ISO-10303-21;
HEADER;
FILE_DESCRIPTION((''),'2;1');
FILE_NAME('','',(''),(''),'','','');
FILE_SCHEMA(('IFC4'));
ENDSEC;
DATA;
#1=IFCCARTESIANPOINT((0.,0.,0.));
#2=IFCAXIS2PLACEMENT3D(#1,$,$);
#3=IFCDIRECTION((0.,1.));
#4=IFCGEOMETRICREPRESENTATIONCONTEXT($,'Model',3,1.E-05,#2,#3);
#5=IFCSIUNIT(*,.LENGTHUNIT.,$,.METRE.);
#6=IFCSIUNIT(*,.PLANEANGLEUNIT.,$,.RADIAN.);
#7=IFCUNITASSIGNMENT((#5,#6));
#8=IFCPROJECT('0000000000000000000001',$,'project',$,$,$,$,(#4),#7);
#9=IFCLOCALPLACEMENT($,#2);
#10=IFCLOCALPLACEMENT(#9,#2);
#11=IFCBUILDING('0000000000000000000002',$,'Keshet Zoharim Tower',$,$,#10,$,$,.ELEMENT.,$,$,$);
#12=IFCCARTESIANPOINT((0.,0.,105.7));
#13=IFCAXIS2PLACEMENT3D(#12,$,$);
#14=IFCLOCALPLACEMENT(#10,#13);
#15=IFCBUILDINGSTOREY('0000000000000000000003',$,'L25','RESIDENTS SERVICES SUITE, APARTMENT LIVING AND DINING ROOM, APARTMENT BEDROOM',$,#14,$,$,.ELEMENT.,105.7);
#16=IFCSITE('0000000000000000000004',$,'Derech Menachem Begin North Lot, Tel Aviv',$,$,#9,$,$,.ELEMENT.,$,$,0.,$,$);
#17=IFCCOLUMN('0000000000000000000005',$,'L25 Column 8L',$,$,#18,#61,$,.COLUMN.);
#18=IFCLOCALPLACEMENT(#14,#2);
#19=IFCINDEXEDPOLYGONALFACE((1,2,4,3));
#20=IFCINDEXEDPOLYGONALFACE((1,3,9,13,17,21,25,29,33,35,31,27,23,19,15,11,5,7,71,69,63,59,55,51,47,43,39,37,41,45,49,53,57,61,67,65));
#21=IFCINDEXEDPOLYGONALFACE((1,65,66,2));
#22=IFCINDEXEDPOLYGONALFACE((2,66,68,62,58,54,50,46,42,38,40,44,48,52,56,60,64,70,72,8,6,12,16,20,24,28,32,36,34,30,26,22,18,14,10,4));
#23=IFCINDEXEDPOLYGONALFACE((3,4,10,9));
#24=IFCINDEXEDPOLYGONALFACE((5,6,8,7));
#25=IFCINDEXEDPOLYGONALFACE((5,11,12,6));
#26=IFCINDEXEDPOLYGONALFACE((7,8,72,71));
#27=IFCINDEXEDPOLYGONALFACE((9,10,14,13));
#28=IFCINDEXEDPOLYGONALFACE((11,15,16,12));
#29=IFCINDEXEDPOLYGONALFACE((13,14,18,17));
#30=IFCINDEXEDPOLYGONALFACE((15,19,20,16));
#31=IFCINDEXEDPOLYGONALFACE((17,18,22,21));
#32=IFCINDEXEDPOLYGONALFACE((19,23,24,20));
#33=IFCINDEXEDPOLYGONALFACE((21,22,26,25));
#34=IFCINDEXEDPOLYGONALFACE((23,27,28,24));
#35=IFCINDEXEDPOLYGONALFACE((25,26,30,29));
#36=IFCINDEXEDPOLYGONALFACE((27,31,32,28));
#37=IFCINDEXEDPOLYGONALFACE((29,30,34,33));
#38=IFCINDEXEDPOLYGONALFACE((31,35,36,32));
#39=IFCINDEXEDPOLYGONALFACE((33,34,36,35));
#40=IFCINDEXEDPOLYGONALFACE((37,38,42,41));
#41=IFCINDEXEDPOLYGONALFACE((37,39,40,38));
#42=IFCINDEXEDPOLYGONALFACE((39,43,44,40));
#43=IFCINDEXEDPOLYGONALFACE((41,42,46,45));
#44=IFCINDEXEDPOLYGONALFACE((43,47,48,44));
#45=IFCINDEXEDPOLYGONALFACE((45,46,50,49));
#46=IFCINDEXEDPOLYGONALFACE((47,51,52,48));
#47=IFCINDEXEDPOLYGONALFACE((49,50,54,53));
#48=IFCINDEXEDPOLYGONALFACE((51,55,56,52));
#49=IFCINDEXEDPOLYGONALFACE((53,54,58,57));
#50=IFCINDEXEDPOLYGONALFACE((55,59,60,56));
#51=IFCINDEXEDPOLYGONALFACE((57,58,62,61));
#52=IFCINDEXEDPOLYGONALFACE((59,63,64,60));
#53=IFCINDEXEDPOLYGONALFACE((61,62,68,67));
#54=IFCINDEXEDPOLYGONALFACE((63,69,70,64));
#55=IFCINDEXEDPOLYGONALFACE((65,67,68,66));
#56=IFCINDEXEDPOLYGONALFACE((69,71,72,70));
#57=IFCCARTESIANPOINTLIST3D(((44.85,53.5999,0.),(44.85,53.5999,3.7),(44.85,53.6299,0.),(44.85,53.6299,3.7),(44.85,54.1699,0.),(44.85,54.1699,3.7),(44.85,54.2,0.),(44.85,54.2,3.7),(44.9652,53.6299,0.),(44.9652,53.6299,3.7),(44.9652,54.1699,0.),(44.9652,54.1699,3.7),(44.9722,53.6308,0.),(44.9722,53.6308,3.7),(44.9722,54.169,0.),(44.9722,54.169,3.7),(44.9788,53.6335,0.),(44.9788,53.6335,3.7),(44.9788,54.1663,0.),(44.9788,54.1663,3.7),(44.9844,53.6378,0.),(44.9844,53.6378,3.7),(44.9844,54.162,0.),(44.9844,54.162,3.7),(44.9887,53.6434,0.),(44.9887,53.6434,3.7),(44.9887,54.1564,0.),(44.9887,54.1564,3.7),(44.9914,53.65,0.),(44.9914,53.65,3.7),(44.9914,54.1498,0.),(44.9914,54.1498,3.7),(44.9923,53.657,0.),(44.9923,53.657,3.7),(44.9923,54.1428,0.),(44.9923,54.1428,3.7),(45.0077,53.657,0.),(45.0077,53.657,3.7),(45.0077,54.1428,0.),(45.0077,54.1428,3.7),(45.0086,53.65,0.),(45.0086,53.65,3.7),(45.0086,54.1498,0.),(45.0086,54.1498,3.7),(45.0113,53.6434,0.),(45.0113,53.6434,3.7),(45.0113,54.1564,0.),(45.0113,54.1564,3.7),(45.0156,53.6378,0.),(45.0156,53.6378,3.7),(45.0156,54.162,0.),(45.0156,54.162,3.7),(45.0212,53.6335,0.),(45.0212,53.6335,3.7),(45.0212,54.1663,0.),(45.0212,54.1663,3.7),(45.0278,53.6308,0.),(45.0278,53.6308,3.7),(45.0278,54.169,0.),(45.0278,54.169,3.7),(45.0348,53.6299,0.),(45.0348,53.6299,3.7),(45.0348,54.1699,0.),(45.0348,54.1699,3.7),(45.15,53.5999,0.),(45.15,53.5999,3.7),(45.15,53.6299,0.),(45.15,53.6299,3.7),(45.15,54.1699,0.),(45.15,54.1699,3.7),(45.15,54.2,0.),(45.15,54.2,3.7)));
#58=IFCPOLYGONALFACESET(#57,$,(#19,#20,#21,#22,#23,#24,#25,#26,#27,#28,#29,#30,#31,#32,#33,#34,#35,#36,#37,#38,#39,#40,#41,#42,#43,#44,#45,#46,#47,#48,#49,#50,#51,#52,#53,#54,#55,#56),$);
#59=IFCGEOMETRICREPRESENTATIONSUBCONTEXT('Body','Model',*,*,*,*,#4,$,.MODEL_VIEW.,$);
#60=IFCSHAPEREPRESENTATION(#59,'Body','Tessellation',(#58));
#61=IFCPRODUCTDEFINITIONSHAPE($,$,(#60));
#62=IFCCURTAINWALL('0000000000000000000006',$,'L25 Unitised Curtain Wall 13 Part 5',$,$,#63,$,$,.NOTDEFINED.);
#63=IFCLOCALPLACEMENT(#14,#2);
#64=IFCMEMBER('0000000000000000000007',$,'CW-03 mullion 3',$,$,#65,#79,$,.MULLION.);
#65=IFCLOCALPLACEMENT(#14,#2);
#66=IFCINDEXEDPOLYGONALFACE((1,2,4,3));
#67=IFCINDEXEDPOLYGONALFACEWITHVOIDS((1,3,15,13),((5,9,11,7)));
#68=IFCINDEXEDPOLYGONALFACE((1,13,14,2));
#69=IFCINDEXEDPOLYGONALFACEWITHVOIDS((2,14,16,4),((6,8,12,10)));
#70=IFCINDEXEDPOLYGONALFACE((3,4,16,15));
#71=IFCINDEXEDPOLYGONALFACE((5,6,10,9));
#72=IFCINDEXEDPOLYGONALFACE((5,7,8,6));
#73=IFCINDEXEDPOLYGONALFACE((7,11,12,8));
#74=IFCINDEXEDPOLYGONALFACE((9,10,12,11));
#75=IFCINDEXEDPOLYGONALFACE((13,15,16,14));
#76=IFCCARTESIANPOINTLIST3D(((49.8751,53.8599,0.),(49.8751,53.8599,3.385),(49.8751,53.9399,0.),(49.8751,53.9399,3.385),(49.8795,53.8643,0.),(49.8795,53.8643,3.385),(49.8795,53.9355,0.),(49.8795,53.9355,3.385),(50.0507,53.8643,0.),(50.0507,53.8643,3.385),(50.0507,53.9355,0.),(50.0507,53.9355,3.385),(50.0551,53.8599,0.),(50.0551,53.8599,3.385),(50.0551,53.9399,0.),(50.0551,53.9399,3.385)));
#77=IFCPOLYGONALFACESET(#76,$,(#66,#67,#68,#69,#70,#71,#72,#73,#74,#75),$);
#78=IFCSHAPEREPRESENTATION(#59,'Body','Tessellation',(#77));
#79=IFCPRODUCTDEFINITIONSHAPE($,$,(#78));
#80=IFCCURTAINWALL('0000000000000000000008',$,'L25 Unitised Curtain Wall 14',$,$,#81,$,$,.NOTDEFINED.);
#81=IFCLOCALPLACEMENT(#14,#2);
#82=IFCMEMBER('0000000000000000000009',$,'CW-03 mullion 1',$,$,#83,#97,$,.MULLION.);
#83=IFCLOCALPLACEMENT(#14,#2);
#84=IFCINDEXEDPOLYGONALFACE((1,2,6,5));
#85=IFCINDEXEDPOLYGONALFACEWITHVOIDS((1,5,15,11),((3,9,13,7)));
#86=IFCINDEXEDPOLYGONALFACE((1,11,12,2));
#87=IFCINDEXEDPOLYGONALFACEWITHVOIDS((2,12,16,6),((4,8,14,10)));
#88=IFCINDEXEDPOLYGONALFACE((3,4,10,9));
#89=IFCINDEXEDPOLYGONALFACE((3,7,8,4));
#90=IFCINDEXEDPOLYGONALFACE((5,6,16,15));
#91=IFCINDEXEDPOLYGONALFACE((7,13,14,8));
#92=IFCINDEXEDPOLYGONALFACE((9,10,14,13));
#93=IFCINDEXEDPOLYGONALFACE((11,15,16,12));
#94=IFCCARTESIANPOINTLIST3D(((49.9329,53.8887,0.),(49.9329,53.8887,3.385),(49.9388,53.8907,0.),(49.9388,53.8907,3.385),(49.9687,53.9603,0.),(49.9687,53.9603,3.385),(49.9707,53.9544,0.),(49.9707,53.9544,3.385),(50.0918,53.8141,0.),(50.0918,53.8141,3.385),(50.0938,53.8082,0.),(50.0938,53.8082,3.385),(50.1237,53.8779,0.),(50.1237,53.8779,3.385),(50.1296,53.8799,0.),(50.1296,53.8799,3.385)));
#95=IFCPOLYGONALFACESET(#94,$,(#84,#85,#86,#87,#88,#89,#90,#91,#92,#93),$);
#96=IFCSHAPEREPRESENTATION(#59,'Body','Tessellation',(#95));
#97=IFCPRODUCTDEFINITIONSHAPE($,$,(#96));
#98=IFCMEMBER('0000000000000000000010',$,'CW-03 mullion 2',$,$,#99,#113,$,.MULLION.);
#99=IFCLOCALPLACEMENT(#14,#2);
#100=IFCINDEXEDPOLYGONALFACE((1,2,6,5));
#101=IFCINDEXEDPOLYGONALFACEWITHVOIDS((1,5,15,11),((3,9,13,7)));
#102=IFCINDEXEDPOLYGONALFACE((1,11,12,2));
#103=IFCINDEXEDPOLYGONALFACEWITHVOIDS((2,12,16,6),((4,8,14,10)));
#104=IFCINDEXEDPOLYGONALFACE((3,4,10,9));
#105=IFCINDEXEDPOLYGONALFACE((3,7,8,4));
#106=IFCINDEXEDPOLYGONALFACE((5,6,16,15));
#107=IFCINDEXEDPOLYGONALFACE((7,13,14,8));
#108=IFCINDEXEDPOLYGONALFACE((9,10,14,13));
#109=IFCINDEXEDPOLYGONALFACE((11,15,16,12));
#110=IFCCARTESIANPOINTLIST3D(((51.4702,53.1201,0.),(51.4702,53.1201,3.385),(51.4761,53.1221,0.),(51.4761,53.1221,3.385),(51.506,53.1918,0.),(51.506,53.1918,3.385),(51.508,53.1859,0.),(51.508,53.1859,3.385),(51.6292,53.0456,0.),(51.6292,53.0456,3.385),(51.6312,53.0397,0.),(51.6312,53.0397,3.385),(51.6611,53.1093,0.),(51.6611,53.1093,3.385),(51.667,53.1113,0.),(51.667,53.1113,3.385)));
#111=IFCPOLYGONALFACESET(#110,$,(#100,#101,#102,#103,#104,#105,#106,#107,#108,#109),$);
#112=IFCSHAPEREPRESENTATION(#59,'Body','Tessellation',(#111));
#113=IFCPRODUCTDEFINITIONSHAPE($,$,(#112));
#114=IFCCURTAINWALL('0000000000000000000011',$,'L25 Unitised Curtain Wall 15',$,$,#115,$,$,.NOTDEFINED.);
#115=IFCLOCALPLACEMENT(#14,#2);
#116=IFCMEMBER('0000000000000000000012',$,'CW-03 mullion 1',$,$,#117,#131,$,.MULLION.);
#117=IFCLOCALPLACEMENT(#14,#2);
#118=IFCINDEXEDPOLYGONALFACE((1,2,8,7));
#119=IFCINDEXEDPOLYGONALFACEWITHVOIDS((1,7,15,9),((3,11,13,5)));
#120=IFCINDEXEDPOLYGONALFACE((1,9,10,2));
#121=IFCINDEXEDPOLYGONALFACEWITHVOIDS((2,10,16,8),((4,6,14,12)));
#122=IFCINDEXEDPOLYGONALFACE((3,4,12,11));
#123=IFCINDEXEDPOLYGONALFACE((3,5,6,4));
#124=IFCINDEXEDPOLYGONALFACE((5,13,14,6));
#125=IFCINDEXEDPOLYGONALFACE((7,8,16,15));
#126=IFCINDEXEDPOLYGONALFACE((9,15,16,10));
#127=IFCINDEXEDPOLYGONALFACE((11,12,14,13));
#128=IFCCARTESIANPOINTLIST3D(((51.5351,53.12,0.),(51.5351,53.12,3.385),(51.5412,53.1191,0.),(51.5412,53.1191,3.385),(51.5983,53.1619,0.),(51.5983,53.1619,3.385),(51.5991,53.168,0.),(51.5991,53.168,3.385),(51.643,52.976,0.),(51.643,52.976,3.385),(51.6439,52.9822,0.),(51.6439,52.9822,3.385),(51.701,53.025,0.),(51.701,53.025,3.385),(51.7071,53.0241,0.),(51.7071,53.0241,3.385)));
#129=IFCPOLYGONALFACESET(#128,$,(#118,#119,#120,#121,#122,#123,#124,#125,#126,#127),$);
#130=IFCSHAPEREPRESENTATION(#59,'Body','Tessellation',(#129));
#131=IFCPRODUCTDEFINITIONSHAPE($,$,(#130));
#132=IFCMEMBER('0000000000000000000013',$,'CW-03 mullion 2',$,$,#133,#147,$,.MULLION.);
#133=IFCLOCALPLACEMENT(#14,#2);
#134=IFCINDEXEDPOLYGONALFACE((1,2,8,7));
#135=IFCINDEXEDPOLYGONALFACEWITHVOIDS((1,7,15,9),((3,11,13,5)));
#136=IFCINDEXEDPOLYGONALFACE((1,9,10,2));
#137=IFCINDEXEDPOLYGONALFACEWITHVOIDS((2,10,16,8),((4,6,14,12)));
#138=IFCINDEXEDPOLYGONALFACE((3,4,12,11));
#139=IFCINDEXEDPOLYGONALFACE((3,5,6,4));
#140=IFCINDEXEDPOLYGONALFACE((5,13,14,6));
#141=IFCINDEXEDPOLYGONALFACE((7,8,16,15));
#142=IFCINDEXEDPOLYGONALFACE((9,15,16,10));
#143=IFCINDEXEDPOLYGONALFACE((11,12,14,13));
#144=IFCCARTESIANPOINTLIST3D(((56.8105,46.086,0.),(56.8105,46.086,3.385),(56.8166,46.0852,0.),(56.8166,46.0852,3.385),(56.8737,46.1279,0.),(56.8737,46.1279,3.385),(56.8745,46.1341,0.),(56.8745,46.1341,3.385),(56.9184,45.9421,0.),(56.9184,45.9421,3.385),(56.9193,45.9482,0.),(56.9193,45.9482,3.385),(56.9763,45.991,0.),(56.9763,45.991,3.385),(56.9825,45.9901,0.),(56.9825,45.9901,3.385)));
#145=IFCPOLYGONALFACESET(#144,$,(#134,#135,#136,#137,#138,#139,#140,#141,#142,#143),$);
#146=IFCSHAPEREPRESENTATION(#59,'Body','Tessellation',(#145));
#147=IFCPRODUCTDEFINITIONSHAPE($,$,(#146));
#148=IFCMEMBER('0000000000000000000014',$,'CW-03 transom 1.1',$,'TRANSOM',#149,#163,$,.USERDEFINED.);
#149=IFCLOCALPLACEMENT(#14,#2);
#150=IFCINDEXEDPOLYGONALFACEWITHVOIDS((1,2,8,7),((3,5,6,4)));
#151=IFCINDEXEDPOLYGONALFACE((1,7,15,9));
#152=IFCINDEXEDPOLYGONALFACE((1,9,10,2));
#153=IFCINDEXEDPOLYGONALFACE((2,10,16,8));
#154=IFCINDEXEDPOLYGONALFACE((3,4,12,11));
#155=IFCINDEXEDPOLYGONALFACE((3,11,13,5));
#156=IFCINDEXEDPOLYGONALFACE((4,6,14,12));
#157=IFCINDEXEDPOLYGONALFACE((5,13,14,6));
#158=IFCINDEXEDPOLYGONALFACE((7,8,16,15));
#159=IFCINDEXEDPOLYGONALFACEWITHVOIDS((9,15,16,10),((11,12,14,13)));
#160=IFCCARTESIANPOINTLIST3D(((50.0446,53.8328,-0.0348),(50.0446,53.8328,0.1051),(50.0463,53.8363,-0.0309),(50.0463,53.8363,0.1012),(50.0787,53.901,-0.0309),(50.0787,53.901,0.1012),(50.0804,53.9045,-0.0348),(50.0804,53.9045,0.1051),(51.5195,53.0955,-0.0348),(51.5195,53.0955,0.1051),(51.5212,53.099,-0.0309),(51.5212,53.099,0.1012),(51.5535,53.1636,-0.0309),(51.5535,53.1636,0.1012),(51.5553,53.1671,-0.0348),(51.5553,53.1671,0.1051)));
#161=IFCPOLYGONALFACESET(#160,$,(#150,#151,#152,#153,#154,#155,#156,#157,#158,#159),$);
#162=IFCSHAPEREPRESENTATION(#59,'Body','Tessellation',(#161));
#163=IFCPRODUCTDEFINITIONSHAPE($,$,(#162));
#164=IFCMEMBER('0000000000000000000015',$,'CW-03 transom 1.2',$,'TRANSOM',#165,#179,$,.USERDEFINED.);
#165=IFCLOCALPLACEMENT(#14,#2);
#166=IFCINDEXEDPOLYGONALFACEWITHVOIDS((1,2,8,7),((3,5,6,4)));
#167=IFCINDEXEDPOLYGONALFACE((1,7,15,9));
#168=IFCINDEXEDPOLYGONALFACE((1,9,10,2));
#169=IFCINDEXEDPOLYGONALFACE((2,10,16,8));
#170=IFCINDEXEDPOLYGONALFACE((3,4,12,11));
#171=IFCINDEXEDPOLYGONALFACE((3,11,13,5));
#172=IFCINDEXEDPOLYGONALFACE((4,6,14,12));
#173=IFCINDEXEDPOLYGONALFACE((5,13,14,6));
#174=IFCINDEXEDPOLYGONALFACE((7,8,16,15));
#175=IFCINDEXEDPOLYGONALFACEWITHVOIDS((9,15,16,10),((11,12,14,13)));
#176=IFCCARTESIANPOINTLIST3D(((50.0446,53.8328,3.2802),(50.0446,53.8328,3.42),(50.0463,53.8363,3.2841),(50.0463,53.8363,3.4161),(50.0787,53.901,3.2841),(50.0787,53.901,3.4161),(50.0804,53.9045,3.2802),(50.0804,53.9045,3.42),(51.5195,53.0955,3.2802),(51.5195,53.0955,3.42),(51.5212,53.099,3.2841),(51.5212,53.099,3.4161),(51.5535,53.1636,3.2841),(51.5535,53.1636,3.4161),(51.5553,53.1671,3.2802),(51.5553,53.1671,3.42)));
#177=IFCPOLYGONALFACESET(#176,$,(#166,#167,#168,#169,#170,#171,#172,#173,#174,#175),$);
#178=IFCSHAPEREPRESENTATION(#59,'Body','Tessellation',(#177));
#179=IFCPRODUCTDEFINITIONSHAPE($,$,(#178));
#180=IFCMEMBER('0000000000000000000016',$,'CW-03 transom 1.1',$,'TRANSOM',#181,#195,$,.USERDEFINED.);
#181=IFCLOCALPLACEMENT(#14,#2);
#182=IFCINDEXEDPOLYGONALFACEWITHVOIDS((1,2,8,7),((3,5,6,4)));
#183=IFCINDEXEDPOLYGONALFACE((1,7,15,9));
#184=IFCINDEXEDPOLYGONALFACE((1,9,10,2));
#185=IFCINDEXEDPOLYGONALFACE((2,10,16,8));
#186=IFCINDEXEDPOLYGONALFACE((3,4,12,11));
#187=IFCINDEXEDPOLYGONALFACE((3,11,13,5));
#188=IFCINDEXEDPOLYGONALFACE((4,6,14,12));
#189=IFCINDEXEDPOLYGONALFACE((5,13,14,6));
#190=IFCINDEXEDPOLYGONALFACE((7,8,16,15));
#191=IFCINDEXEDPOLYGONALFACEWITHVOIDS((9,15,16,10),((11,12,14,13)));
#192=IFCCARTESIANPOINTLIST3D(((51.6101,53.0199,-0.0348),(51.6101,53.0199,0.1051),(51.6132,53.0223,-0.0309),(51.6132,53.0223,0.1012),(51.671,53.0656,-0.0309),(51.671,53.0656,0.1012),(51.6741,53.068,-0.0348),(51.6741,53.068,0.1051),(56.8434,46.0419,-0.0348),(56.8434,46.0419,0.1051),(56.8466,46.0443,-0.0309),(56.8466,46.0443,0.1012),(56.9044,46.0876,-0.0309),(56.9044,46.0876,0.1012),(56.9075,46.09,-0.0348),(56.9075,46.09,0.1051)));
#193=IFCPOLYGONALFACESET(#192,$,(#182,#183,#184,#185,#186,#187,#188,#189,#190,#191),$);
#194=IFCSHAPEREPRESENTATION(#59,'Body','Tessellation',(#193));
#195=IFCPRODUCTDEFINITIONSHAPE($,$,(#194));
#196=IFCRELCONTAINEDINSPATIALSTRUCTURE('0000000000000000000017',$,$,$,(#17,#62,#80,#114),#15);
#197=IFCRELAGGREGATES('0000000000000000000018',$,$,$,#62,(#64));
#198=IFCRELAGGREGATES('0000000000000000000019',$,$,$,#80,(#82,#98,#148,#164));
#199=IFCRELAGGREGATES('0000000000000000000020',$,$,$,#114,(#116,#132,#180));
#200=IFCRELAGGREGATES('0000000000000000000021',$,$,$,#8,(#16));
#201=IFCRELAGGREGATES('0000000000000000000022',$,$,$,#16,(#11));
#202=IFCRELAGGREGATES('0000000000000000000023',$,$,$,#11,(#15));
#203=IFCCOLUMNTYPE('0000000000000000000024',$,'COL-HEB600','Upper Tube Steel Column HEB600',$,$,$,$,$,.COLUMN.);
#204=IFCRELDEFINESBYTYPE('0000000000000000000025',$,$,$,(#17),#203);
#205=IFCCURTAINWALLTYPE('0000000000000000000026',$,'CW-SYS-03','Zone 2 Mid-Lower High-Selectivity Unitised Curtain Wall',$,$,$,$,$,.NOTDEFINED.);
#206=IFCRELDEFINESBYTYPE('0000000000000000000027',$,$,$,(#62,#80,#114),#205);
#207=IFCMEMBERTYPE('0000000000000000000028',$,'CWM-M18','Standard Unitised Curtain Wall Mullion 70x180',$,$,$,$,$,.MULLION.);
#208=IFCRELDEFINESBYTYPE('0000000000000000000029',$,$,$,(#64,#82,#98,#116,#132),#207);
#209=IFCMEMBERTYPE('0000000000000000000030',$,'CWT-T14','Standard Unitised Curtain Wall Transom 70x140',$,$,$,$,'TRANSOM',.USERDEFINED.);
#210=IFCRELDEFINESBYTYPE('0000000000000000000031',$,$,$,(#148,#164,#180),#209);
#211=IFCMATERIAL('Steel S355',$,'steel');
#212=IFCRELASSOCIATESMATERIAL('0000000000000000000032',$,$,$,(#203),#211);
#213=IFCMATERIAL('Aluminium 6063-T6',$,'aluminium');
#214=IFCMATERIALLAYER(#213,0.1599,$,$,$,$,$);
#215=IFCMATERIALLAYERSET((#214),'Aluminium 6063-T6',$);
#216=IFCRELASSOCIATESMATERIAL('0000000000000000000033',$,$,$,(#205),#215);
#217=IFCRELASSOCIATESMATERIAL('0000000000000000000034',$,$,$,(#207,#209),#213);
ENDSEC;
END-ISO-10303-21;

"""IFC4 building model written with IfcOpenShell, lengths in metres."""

from ifc_helpers import new_model, si_unit, direction, frame, origin, origin_2d, place, context, subcontext, project, spatial, hollow_rectangle, i_section, extrude, material, layer, layer_set, material_profile, profile_set, type_object, element, aggregate, save


model = new_model("IFC4")

# Units and contexts
model_context = context("Model", 3, precision=1e-05, world=origin(), true_north=direction((0.0, 1.0)))
body_context = subcontext(model_context, "Body", "Model", "MODEL_VIEW")
ifc_project = project(units=[si_unit("LENGTHUNIT", "METRE"), si_unit("PLANEANGLEUNIT", "RADIAN")], contexts=[model_context])

# Site, building, storey
site_placement = place(None, origin())
site = spatial("IfcSite", under=ifc_project, at=site_placement, Name="Derech Menachem Begin North Lot, Tel Aviv", CompositionType="ELEMENT", RefElevation=0.0)
building_placement = place(site_placement, origin())
building = spatial("IfcBuilding", under=site, at=building_placement, Name="Keshet Zoharim Tower", CompositionType="ELEMENT")
storey_placement = place(building_placement, frame((0.0, 0.0, 105.7)))
storey = spatial("IfcBuildingStorey", under=building, at=storey_placement, Name="L25", Description="RESIDENTS SERVICES SUITE, APARTMENT LIVING AND DINING ROOM, APARTMENT BEDROOM", CompositionType="ELEMENT", Elevation=105.7)

# Column
ifc_material_1 = material(Name="Steel S355", Category="steel")
ifc_material_profile_1 = material_profile(ifc_material_1, i_section(OverallWidth=0.3, OverallDepth=0.6001, WebThickness=0.0154, FlangeThickness=0.03, FilletRadius=0.0271, at=origin_2d()), Name="HEB600")
ifc_profile_set_1 = profile_set([ifc_material_profile_1], Name="Steel S355")
column_type = type_object("IfcColumnType", Name="COL-HEB600", Description="Upper Tube Steel Column HEB600", PredefinedType="COLUMN", material=ifc_profile_set_1)
column_placement = place(storey_placement, frame((45.0, 53.8999, 0.0), z_axis=(0.0, 0.0, 1.0), x_axis=(1.0, 0.0, 0.0)))
element("IfcColumn", 1, at=column_placement, inside=storey, type_object=column_type, Name="L25 Column 8L", PredefinedType="COLUMN", context=body_context, shape_type="SweptSolid", body=[
    extrude(i_section(OverallWidth=0.3, OverallDepth=0.6001, WebThickness=0.0154, FlangeThickness=0.03, FilletRadius=0.0271, at=origin_2d()), origin(), (0.0, 0.0, 1.0), 3.7),
])

# Curtain wall, member
ifc_material_2 = material(Name="Aluminium 6063-T6", Category="aluminium")
ifc_layer_1 = layer(ifc_material_2, 0.1599)
ifc_layer_set_1 = layer_set([ifc_layer_1], Name="Aluminium 6063-T6")
curtain_wall_type = type_object("IfcCurtainWallType", Name="CW-SYS-03", Description="Zone 2 Mid-Lower High-Selectivity Unitised Curtain Wall", PredefinedType="NOTDEFINED", material=ifc_layer_set_1)
curtain_wall_1_placement = place(storey_placement, origin())
curtain_wall_1 = element("IfcCurtainWall", 2, at=curtain_wall_1_placement, inside=storey, type_object=curtain_wall_type, Name="L25 Unitised Curtain Wall 13 Part 5", PredefinedType="NOTDEFINED")
ifc_material_profile_2 = material_profile(ifc_material_2, hollow_rectangle(XDim=0.0801, YDim=0.1799, WallThickness=0.0044, at=origin_2d()), Name="MUL-80x180")
ifc_profile_set_2 = profile_set([ifc_material_profile_2], Name="Aluminium 6063-T6")
member_type_1 = type_object("IfcMemberType", Name="CWM-M18", Description="Standard Unitised Curtain Wall Mullion 70x180", PredefinedType="MULLION", material=ifc_profile_set_2)
member_1_placement = place(storey_placement, frame((49.9651, 53.8999, 0.0), z_axis=(0.0, 0.0, 1.0), x_axis=(0.0, 1.0, 0.0)))
member_1 = element("IfcMember", 3, at=member_1_placement, type_object=member_type_1, Name="CW-03 mullion 3", PredefinedType="MULLION", context=body_context, shape_type="SweptSolid", body=[
    extrude(hollow_rectangle(XDim=0.0801, YDim=0.1799, WallThickness=0.0044, at=origin_2d()), origin(), (0.0, 0.0, 1.0), 3.385),
])

# Curtain walls, members
curtain_wall_2_placement = place(storey_placement, origin())
curtain_wall_2 = element("IfcCurtainWall", 4, at=curtain_wall_2_placement, inside=storey, type_object=curtain_wall_type, Name="L25 Unitised Curtain Wall 14", PredefinedType="NOTDEFINED")
member_2_placement = place(storey_placement, frame((50.0312, 53.8843, 0.0), z_axis=(0.0, 0.0, 1.0), x_axis=(0.447214, 0.894427, 0.0)))
member_2 = element("IfcMember", 5, at=member_2_placement, type_object=member_type_1, Name="CW-03 mullion 1", PredefinedType="MULLION", context=body_context, shape_type="SweptSolid", body=[
    extrude(hollow_rectangle(XDim=0.0801, YDim=0.1799, WallThickness=0.0044, at=origin_2d()), origin(), (0.0, 0.0, 1.0), 3.385),
])
member_3_placement = place(storey_placement, frame((51.5686, 53.1157, 0.0), z_axis=(0.0, 0.0, 1.0), x_axis=(0.447214, 0.894427, 0.0)))
member_3 = element("IfcMember", 6, at=member_3_placement, type_object=member_type_1, Name="CW-03 mullion 2", PredefinedType="MULLION", context=body_context, shape_type="SweptSolid", body=[
    extrude(hollow_rectangle(XDim=0.0801, YDim=0.1799, WallThickness=0.0044, at=origin_2d()), origin(), (0.0, 0.0, 1.0), 3.385),
])
curtain_wall_3_placement = place(storey_placement, origin())
curtain_wall_3 = element("IfcCurtainWall", 7, at=curtain_wall_3_placement, inside=storey, type_object=curtain_wall_type, Name="L25 Unitised Curtain Wall 15", PredefinedType="NOTDEFINED")
member_4_placement = place(storey_placement, frame((51.6211, 53.072, 0.0), z_axis=(0.0, 0.0, 1.0), x_axis=(0.8, 0.6, 0.0)))
member_4 = element("IfcMember", 8, at=member_4_placement, type_object=member_type_1, Name="CW-03 mullion 1", PredefinedType="MULLION", context=body_context, shape_type="SweptSolid", body=[
    extrude(hollow_rectangle(XDim=0.0801, YDim=0.1799, WallThickness=0.0044, at=origin_2d()), origin(), (0.0, 0.0, 1.0), 3.385),
])
member_5_placement = place(storey_placement, frame((56.8965, 46.0381, 0.0), z_axis=(0.0, 0.0, 1.0), x_axis=(0.8, 0.6, 0.0)))
member_5 = element("IfcMember", 9, at=member_5_placement, type_object=member_type_1, Name="CW-03 mullion 2", PredefinedType="MULLION", context=body_context, shape_type="SweptSolid", body=[
    extrude(hollow_rectangle(XDim=0.0801, YDim=0.1799, WallThickness=0.0044, at=origin_2d()), origin(), (0.0, 0.0, 1.0), 3.385),
])

# Members
ifc_material_profile_3 = material_profile(ifc_material_2, hollow_rectangle(XDim=0.0801, YDim=0.1399, WallThickness=0.0039, at=origin_2d()), Name="TRN-80x140")
ifc_profile_set_3 = profile_set([ifc_material_profile_3], Name="Aluminium 6063-T6")
member_type_2 = type_object("IfcMemberType", Name="CWT-T14", Description="Standard Unitised Curtain Wall Transom 70x140", ElementType="TRANSOM", PredefinedType="USERDEFINED", material=ifc_profile_set_3)
member_6_placement = place(storey_placement, frame((50.0625, 53.8687, 0.0352), z_axis=(0.894457, -0.447154, 0.0), x_axis=(0.447154, 0.894457, 0.0)))
member_6 = element("IfcMember", 10, at=member_6_placement, type_object=member_type_2, Name="CW-03 transom 1.1", ObjectType="TRANSOM", PredefinedType="USERDEFINED", context=body_context, shape_type="SweptSolid", body=[
    extrude(hollow_rectangle(XDim=0.0801, YDim=0.1399, WallThickness=0.0039, at=origin_2d()), origin(), (0.0, 0.0, 1.0), 1.6489),
])
member_7_placement = place(storey_placement, frame((50.0625, 53.8687, 3.3501), z_axis=(0.894457, -0.447154, 0.0), x_axis=(0.447154, 0.894457, 0.0)))
member_7 = element("IfcMember", 11, at=member_7_placement, type_object=member_type_2, Name="CW-03 transom 1.2", ObjectType="TRANSOM", PredefinedType="USERDEFINED", context=body_context, shape_type="SweptSolid", body=[
    extrude(hollow_rectangle(XDim=0.0801, YDim=0.1399, WallThickness=0.0039, at=origin_2d()), origin(), (0.0, 0.0, 1.0), 1.6489),
])
member_8_placement = place(storey_placement, frame((51.6421, 53.0439, 0.0352), z_axis=(0.599991, -0.800007, 0.0), x_axis=(0.800007, 0.599991, 0.0)))
member_8 = element("IfcMember", 12, at=member_8_placement, type_object=member_type_2, Name="CW-03 transom 1.1", ObjectType="TRANSOM", PredefinedType="USERDEFINED", context=body_context, shape_type="SweptSolid", body=[
    extrude(hollow_rectangle(XDim=0.0801, YDim=0.1399, WallThickness=0.0039, at=origin_2d()), origin(), (0.0, 0.0, 1.0), 8.7224),
])

aggregate(curtain_wall_1, [member_1])
aggregate(curtain_wall_2, [member_2, member_3, member_6, member_7])
aggregate(curtain_wall_3, [member_4, member_5, member_8])

save(model, "model.ifc")
